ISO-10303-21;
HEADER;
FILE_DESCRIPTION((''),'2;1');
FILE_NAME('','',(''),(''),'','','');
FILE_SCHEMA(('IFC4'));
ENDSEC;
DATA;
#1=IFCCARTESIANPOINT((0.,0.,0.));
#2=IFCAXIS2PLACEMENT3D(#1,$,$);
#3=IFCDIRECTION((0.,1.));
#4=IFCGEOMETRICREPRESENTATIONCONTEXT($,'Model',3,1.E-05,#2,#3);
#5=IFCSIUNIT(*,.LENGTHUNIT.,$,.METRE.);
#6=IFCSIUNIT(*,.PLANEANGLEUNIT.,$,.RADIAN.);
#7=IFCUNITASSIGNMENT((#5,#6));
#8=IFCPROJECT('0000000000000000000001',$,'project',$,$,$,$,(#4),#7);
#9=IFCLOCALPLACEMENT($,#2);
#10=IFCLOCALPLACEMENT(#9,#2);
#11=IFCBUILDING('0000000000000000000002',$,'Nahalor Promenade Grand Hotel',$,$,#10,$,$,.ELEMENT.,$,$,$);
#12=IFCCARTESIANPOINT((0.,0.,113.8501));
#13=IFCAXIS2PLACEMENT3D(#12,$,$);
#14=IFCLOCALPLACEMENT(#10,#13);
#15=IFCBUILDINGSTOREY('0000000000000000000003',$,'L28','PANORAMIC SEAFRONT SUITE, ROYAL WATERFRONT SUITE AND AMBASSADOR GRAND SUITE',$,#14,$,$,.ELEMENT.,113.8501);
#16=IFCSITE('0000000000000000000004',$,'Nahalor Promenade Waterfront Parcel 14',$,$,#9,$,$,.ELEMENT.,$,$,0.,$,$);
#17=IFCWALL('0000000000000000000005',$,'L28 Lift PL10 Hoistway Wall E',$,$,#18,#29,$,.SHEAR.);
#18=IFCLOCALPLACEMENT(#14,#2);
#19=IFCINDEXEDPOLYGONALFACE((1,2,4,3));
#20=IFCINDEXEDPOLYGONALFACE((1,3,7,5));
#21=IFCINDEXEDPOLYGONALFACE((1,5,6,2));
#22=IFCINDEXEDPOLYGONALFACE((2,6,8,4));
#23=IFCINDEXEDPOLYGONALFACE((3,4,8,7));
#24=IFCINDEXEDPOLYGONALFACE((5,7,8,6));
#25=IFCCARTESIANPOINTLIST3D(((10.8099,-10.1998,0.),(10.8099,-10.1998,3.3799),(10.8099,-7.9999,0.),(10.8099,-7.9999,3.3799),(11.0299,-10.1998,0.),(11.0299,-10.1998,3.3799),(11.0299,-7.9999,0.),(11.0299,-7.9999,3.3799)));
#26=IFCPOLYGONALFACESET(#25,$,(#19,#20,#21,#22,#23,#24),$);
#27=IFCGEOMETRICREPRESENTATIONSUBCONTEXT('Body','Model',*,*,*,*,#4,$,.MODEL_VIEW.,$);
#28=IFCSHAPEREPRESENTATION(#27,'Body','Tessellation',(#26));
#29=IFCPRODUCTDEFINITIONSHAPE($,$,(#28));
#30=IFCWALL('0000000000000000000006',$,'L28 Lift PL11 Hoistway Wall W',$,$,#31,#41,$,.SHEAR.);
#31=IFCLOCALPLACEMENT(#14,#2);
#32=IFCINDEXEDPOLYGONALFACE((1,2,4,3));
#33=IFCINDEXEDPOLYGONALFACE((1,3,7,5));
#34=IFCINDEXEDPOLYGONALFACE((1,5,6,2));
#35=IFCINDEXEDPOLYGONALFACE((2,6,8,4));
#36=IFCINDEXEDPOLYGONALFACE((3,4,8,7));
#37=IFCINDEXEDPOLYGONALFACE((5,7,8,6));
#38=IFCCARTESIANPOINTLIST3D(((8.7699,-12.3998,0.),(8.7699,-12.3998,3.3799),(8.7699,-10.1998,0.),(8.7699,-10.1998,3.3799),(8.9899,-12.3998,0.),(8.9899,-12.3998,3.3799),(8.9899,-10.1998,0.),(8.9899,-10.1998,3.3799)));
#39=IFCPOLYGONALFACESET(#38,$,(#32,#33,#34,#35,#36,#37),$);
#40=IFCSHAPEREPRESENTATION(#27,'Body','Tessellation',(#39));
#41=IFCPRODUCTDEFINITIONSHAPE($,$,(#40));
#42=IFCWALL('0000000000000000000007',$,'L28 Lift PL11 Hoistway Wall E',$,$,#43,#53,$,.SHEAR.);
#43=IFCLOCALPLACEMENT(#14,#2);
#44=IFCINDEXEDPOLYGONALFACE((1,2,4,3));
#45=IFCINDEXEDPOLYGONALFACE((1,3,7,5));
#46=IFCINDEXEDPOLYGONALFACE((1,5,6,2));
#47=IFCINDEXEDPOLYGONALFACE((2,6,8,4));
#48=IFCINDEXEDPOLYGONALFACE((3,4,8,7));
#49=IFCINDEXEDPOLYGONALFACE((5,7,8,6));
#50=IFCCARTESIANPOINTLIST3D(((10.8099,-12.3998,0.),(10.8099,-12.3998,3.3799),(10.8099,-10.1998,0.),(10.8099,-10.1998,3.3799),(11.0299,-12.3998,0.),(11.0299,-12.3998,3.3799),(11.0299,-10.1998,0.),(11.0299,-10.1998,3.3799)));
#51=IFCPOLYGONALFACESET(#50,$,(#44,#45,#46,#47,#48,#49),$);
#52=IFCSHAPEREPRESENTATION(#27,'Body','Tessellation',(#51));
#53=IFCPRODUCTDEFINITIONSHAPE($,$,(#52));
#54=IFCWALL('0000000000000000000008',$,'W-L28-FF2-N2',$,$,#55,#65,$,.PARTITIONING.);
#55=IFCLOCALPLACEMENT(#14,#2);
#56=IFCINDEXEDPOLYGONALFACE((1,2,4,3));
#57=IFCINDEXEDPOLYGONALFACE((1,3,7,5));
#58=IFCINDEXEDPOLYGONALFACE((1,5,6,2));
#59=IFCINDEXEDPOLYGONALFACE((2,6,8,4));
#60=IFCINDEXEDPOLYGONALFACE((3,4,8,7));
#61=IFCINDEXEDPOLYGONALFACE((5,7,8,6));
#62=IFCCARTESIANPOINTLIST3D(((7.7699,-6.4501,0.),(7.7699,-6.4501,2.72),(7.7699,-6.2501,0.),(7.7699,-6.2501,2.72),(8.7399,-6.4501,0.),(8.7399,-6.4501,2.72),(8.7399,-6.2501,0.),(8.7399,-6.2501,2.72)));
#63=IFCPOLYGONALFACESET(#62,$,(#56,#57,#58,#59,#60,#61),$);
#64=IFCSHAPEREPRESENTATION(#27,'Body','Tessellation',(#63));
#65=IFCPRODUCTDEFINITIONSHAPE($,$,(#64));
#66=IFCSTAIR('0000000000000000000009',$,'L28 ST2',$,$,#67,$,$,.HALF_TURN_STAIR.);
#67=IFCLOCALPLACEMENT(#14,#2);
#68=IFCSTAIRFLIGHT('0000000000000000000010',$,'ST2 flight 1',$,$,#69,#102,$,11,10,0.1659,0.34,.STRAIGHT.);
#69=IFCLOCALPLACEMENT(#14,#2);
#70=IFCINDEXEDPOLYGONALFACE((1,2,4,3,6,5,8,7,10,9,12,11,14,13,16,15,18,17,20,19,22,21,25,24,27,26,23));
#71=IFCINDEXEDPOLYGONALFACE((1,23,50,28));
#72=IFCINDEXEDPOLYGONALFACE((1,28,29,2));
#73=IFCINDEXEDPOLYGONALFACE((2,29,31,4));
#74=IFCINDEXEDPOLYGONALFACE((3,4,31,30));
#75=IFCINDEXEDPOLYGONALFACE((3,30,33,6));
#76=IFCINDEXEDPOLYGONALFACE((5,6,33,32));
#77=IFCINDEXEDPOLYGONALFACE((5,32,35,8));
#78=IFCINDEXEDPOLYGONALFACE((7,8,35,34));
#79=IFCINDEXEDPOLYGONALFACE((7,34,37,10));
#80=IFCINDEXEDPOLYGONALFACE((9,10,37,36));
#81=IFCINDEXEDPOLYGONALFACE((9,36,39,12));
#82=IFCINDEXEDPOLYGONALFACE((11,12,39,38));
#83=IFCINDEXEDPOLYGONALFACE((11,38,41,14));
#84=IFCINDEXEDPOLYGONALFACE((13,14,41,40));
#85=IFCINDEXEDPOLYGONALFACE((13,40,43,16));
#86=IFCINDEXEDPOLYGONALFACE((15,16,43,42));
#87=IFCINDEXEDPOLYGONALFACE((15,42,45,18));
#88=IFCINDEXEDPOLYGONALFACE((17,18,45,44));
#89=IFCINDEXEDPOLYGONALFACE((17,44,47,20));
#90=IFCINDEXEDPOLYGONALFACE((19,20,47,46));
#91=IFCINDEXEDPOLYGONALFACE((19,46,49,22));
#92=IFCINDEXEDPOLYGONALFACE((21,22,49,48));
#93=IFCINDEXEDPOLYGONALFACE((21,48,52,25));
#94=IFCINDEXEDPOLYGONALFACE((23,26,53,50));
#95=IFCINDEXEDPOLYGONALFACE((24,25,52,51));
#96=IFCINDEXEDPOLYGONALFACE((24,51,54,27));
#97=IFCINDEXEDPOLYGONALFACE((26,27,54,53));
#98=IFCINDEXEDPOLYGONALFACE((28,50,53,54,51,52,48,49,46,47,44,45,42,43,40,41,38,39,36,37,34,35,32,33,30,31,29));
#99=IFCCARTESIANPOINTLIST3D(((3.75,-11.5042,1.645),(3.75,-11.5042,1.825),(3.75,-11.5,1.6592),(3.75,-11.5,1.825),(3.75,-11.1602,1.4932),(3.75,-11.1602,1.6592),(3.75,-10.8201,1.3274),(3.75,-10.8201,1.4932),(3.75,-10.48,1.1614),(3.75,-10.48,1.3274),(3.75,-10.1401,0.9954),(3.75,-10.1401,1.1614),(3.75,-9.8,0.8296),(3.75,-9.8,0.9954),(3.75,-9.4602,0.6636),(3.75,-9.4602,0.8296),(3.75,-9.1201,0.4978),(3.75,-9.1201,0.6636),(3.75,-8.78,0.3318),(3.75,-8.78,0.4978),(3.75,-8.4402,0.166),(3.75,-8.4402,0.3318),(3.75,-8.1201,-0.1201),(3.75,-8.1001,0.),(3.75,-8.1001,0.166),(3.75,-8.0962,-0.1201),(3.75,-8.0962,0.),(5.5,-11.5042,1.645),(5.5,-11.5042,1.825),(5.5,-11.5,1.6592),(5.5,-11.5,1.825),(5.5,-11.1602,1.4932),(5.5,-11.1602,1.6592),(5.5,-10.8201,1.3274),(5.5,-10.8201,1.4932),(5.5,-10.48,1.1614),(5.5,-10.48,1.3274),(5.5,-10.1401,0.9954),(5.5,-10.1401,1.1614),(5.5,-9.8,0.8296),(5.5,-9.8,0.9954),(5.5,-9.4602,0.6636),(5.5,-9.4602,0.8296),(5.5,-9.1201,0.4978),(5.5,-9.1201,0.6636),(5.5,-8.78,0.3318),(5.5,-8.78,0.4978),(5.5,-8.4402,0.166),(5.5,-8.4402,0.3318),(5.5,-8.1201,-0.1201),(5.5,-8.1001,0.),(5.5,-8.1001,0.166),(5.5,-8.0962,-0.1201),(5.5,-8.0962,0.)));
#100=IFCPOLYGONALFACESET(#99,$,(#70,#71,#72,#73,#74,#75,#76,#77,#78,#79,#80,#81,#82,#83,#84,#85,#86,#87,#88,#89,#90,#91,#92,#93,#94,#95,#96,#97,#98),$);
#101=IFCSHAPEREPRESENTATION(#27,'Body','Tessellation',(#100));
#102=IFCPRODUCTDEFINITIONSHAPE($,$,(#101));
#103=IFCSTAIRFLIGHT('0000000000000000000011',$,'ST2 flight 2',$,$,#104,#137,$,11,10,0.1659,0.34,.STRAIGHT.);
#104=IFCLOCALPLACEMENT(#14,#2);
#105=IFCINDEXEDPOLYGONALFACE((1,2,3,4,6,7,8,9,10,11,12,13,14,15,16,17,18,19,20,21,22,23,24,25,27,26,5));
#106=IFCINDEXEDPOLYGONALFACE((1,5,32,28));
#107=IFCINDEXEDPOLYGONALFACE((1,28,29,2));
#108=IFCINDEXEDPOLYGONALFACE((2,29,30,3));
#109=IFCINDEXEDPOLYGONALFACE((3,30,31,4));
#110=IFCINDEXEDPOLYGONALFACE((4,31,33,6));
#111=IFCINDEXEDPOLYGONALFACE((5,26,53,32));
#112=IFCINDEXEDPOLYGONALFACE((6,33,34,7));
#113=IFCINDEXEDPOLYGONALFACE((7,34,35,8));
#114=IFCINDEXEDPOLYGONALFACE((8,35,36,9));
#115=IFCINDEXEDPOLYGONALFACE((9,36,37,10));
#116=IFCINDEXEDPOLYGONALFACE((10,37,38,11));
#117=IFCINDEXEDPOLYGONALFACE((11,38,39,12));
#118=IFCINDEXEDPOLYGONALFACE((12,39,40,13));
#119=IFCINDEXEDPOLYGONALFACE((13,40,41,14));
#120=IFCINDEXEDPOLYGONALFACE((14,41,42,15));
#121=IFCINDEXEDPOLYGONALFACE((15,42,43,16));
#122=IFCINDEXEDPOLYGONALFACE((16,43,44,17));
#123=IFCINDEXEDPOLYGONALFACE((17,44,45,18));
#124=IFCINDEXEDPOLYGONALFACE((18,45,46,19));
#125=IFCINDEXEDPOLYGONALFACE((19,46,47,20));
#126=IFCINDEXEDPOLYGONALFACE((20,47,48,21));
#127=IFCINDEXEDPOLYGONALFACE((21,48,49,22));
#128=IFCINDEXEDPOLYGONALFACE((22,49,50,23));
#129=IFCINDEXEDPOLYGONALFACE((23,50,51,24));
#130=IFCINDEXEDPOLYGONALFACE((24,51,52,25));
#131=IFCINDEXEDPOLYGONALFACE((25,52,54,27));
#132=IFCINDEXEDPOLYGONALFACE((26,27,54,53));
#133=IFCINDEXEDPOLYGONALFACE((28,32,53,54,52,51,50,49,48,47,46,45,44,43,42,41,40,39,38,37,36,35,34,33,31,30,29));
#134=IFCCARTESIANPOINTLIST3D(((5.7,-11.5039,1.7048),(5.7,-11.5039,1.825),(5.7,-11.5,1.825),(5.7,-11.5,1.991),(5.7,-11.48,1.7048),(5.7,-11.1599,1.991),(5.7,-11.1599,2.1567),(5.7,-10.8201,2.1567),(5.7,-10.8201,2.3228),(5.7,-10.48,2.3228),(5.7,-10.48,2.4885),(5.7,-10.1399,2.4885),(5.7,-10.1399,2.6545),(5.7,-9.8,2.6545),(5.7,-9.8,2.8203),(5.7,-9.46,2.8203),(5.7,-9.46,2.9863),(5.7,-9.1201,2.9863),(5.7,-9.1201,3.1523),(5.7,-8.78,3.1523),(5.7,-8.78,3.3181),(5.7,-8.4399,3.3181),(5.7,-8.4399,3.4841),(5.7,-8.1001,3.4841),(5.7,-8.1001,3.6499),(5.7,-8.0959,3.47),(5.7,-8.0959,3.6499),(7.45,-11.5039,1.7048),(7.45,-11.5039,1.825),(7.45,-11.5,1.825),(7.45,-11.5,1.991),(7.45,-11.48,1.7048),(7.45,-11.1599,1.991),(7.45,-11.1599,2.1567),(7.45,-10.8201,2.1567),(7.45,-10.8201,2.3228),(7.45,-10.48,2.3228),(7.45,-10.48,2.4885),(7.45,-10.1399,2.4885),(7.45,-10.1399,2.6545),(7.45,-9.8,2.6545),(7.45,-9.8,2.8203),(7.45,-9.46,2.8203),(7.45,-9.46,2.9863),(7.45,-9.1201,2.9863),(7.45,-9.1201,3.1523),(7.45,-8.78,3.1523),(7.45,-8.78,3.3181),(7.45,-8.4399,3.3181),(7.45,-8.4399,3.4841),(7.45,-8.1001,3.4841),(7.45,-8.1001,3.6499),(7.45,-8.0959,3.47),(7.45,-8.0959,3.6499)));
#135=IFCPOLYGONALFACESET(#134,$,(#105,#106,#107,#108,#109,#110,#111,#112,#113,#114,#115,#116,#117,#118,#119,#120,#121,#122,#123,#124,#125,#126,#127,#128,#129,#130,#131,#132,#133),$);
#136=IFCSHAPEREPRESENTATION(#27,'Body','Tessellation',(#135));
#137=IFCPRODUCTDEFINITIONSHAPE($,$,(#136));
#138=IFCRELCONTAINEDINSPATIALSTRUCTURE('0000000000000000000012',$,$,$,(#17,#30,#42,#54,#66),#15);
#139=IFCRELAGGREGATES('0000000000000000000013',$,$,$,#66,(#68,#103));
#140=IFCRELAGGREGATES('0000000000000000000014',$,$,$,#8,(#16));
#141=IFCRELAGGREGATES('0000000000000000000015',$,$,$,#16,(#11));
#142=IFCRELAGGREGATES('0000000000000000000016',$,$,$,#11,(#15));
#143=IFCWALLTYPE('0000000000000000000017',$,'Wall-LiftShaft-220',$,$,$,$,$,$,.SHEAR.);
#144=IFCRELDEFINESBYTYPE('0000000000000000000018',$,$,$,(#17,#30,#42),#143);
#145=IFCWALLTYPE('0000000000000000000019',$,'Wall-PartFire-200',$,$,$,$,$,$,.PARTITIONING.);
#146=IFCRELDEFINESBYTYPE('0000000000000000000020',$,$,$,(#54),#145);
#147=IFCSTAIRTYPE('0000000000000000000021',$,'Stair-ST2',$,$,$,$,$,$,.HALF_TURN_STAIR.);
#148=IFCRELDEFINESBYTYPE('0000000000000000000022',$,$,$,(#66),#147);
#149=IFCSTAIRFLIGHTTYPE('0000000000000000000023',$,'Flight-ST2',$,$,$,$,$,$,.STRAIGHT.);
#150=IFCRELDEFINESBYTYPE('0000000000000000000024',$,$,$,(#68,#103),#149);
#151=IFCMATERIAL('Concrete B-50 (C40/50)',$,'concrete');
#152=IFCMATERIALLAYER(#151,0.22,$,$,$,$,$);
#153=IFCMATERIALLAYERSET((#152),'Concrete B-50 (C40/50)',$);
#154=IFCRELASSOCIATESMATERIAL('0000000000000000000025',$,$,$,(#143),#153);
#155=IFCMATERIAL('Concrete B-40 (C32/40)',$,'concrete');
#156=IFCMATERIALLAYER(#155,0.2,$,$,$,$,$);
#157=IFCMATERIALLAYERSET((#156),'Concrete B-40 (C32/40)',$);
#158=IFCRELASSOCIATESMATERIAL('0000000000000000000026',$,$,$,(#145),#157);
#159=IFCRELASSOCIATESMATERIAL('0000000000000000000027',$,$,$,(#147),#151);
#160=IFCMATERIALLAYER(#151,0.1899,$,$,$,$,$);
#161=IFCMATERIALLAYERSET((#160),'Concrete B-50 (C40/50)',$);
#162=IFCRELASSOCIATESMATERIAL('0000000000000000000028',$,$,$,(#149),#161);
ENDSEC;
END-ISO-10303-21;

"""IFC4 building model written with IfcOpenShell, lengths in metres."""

from ifc_helpers import new_model, si_unit, direction, frame, frame_2d, origin, place, context, subcontext, project, spatial, polyline, rectangle, outline, extrude, source, transform, mapped, material, layer, layer_set, type_object, element, aggregate, save


model = new_model("IFC4")

# Units and contexts
model_context = context("Model", 3, precision=1e-05, world=origin(), true_north=direction((0.0, 1.0)))
body_context = subcontext(model_context, "Body", "Model", "MODEL_VIEW")
ifc_project = project(units=[si_unit("LENGTHUNIT", "METRE"), si_unit("PLANEANGLEUNIT", "RADIAN")], contexts=[model_context])

# Site, building, storey
site_placement = place(None, origin())
site = spatial("IfcSite", under=ifc_project, at=site_placement, Name="Nahalor Promenade Waterfront Parcel 14", CompositionType="ELEMENT", RefElevation=0.0)
building_placement = place(site_placement, origin())
building = spatial("IfcBuilding", under=site, at=building_placement, Name="Nahalor Promenade Grand Hotel", CompositionType="ELEMENT")
storey_placement = place(building_placement, frame((0.0, 0.0, 113.8501)))
storey = spatial("IfcBuildingStorey", under=building, at=storey_placement, Name="L28", Description="PANORAMIC SEAFRONT SUITE, ROYAL WATERFRONT SUITE AND AMBASSADOR GRAND SUITE", CompositionType="ELEMENT", Elevation=113.8501)

# Walls
ifc_material_1 = material(Name="Concrete B-50 (C40/50)", Category="concrete")
ifc_layer_1 = layer(ifc_material_1, 0.22)
ifc_layer_set_1 = layer_set([ifc_layer_1], Name="Concrete B-50 (C40/50)")
wall_type_1 = type_object("IfcWallType", Name="Wall-LiftShaft-220", PredefinedType="SHEAR", material=ifc_layer_set_1)
shared_shape_1 = source(origin(), body_context, "Body", "SweptSolid", [
    extrude(rectangle(XDim=2.2, YDim=0.22, at=frame_2d((1.1001, 0.0))), origin(), (0.0, 0.0, 1.0), 3.3799),
])
for number, where, z_axis, x_axis, name in (
    (1, (10.9199, -10.2, 0.0), (0.0, 0.0, 1.0), (0.0, 1.0, 0.0), "L28 Lift PL10 Hoistway Wall E"),
    (2, (8.8799, -12.3999, 0.0), (0.0, 0.0, 1.0), (0.0, 1.0, 0.0), "L28 Lift PL11 Hoistway Wall W"),
    (3, (10.9199, -12.3999, 0.0), (0.0, 0.0, 1.0), (0.0, 1.0, 0.0), "L28 Lift PL11 Hoistway Wall E"),
):
    element("IfcWall", number, at=place(storey_placement, frame(where, z_axis=z_axis, x_axis=x_axis)), inside=storey, type_object=wall_type_1, Name=name, PredefinedType="SHEAR", context=body_context, shape_type="MappedRepresentation", body=[
        mapped(shared_shape_1, transform((0.0, 0.0, 0.0), scale=1.0)),
    ])
ifc_material_2 = material(Name="Concrete B-40 (C32/40)", Category="concrete")
ifc_layer_2 = layer(ifc_material_2, 0.2)
ifc_layer_set_2 = layer_set([ifc_layer_2], Name="Concrete B-40 (C32/40)")
wall_type_2 = type_object("IfcWallType", Name="Wall-PartFire-200", PredefinedType="PARTITIONING", material=ifc_layer_set_2)
shared_shape_2 = source(origin(), body_context, "Body", "SweptSolid", [
    extrude(rectangle(XDim=0.97, YDim=0.2, at=frame_2d((0.4849, 0.0))), origin(), (0.0, 0.0, 1.0), 2.72),
])
wall_1_placement = place(storey_placement, frame((7.77, -6.3501, 0.0), z_axis=(0.0, 0.0, 1.0), x_axis=(1.0, 0.0, 0.0)))
element("IfcWall", 4, at=wall_1_placement, inside=storey, type_object=wall_type_2, Name="W-L28-FF2-N2", PredefinedType="PARTITIONING", context=body_context, shape_type="MappedRepresentation", body=[
    mapped(shared_shape_2, transform((0.0, 0.0, 0.0), scale=1.0)),
])

# Stair, stair flights
stair_type = type_object("IfcStairType", Name="Stair-ST2", PredefinedType="HALF_TURN_STAIR", material=ifc_material_1)
stair_placement = place(storey_placement, origin())
stair = element("IfcStair", 5, at=stair_placement, inside=storey, type_object=stair_type, Name="L28 ST2", PredefinedType="HALF_TURN_STAIR")
ifc_layer_3 = layer(ifc_material_1, 0.1899)
ifc_layer_set_3 = layer_set([ifc_layer_3], Name="Concrete B-50 (C40/50)")
stair_flight_type = type_object("IfcStairFlightType", Name="Flight-ST2", PredefinedType="STRAIGHT", material=ifc_layer_set_3)
shared_shape_3 = source(origin(), body_context, "Body", "SweptSolid", [
    extrude(outline(polyline([(-0.0039, -0.1201), (-0.0039, 0.0), (0.0, 0.0), (0.0, 0.166), (0.3401, 0.166), (0.3401, 0.3318), (0.6799, 0.3318), (0.6799, 0.4978), (1.02, 0.4978), (1.02, 0.6636), (1.3601, 0.6636), (1.3601, 0.8296), (1.7, 0.8296), (1.7, 0.9954), (2.04, 0.9954), (2.04, 1.1614), (2.3799, 1.1614), (2.3799, 1.3274), (2.72, 1.3274), (2.72, 1.4932), (3.0601, 1.4932), (3.0601, 1.6592), (3.3999, 1.6592), (3.3999, 1.825), (3.4041, 1.825), (3.4041, 1.645), (0.02, -0.1201), (-0.0039, -0.1201)])), frame((0.0, 0.875, 0.0), z_axis=(0.0, -1.0, 0.0), x_axis=(1.0, 0.0, 0.0)), (0.0, 0.0, 1.0), 1.75),
])
stair_flight_1_placement = place(storey_placement, frame((4.625, -8.1001, 0.0), z_axis=(0.0, 0.0, 1.0), x_axis=(0.0, -1.0, 0.0)))
stair_flight_1 = element("IfcStairFlight", 6, at=stair_flight_1_placement, type_object=stair_flight_type, Name="ST2 flight 1", NumberOfRisers=11, NumberOfTreads=10, PredefinedType="STRAIGHT", RiserHeight=0.1659, TreadLength=0.34, context=body_context, shape_type="MappedRepresentation", body=[
    mapped(shared_shape_3, transform((0.0, 0.0, 0.0), scale=1.0)),
])
stair_flight_2_placement = place(storey_placement, frame((6.575, -11.5, 1.825), z_axis=(0.0, 0.0, 1.0), x_axis=(0.0, 1.0, 0.0)))
stair_flight_2 = element("IfcStairFlight", 7, at=stair_flight_2_placement, type_object=stair_flight_type, Name="ST2 flight 2", NumberOfRisers=11, NumberOfTreads=10, PredefinedType="STRAIGHT", RiserHeight=0.1659, TreadLength=0.34, context=body_context, shape_type="MappedRepresentation", body=[
    mapped(shared_shape_3, transform((0.0, 0.0, 0.0), scale=1.0)),
])
aggregate(stair, [stair_flight_1, stair_flight_2])

save(model, "model.ifc")
